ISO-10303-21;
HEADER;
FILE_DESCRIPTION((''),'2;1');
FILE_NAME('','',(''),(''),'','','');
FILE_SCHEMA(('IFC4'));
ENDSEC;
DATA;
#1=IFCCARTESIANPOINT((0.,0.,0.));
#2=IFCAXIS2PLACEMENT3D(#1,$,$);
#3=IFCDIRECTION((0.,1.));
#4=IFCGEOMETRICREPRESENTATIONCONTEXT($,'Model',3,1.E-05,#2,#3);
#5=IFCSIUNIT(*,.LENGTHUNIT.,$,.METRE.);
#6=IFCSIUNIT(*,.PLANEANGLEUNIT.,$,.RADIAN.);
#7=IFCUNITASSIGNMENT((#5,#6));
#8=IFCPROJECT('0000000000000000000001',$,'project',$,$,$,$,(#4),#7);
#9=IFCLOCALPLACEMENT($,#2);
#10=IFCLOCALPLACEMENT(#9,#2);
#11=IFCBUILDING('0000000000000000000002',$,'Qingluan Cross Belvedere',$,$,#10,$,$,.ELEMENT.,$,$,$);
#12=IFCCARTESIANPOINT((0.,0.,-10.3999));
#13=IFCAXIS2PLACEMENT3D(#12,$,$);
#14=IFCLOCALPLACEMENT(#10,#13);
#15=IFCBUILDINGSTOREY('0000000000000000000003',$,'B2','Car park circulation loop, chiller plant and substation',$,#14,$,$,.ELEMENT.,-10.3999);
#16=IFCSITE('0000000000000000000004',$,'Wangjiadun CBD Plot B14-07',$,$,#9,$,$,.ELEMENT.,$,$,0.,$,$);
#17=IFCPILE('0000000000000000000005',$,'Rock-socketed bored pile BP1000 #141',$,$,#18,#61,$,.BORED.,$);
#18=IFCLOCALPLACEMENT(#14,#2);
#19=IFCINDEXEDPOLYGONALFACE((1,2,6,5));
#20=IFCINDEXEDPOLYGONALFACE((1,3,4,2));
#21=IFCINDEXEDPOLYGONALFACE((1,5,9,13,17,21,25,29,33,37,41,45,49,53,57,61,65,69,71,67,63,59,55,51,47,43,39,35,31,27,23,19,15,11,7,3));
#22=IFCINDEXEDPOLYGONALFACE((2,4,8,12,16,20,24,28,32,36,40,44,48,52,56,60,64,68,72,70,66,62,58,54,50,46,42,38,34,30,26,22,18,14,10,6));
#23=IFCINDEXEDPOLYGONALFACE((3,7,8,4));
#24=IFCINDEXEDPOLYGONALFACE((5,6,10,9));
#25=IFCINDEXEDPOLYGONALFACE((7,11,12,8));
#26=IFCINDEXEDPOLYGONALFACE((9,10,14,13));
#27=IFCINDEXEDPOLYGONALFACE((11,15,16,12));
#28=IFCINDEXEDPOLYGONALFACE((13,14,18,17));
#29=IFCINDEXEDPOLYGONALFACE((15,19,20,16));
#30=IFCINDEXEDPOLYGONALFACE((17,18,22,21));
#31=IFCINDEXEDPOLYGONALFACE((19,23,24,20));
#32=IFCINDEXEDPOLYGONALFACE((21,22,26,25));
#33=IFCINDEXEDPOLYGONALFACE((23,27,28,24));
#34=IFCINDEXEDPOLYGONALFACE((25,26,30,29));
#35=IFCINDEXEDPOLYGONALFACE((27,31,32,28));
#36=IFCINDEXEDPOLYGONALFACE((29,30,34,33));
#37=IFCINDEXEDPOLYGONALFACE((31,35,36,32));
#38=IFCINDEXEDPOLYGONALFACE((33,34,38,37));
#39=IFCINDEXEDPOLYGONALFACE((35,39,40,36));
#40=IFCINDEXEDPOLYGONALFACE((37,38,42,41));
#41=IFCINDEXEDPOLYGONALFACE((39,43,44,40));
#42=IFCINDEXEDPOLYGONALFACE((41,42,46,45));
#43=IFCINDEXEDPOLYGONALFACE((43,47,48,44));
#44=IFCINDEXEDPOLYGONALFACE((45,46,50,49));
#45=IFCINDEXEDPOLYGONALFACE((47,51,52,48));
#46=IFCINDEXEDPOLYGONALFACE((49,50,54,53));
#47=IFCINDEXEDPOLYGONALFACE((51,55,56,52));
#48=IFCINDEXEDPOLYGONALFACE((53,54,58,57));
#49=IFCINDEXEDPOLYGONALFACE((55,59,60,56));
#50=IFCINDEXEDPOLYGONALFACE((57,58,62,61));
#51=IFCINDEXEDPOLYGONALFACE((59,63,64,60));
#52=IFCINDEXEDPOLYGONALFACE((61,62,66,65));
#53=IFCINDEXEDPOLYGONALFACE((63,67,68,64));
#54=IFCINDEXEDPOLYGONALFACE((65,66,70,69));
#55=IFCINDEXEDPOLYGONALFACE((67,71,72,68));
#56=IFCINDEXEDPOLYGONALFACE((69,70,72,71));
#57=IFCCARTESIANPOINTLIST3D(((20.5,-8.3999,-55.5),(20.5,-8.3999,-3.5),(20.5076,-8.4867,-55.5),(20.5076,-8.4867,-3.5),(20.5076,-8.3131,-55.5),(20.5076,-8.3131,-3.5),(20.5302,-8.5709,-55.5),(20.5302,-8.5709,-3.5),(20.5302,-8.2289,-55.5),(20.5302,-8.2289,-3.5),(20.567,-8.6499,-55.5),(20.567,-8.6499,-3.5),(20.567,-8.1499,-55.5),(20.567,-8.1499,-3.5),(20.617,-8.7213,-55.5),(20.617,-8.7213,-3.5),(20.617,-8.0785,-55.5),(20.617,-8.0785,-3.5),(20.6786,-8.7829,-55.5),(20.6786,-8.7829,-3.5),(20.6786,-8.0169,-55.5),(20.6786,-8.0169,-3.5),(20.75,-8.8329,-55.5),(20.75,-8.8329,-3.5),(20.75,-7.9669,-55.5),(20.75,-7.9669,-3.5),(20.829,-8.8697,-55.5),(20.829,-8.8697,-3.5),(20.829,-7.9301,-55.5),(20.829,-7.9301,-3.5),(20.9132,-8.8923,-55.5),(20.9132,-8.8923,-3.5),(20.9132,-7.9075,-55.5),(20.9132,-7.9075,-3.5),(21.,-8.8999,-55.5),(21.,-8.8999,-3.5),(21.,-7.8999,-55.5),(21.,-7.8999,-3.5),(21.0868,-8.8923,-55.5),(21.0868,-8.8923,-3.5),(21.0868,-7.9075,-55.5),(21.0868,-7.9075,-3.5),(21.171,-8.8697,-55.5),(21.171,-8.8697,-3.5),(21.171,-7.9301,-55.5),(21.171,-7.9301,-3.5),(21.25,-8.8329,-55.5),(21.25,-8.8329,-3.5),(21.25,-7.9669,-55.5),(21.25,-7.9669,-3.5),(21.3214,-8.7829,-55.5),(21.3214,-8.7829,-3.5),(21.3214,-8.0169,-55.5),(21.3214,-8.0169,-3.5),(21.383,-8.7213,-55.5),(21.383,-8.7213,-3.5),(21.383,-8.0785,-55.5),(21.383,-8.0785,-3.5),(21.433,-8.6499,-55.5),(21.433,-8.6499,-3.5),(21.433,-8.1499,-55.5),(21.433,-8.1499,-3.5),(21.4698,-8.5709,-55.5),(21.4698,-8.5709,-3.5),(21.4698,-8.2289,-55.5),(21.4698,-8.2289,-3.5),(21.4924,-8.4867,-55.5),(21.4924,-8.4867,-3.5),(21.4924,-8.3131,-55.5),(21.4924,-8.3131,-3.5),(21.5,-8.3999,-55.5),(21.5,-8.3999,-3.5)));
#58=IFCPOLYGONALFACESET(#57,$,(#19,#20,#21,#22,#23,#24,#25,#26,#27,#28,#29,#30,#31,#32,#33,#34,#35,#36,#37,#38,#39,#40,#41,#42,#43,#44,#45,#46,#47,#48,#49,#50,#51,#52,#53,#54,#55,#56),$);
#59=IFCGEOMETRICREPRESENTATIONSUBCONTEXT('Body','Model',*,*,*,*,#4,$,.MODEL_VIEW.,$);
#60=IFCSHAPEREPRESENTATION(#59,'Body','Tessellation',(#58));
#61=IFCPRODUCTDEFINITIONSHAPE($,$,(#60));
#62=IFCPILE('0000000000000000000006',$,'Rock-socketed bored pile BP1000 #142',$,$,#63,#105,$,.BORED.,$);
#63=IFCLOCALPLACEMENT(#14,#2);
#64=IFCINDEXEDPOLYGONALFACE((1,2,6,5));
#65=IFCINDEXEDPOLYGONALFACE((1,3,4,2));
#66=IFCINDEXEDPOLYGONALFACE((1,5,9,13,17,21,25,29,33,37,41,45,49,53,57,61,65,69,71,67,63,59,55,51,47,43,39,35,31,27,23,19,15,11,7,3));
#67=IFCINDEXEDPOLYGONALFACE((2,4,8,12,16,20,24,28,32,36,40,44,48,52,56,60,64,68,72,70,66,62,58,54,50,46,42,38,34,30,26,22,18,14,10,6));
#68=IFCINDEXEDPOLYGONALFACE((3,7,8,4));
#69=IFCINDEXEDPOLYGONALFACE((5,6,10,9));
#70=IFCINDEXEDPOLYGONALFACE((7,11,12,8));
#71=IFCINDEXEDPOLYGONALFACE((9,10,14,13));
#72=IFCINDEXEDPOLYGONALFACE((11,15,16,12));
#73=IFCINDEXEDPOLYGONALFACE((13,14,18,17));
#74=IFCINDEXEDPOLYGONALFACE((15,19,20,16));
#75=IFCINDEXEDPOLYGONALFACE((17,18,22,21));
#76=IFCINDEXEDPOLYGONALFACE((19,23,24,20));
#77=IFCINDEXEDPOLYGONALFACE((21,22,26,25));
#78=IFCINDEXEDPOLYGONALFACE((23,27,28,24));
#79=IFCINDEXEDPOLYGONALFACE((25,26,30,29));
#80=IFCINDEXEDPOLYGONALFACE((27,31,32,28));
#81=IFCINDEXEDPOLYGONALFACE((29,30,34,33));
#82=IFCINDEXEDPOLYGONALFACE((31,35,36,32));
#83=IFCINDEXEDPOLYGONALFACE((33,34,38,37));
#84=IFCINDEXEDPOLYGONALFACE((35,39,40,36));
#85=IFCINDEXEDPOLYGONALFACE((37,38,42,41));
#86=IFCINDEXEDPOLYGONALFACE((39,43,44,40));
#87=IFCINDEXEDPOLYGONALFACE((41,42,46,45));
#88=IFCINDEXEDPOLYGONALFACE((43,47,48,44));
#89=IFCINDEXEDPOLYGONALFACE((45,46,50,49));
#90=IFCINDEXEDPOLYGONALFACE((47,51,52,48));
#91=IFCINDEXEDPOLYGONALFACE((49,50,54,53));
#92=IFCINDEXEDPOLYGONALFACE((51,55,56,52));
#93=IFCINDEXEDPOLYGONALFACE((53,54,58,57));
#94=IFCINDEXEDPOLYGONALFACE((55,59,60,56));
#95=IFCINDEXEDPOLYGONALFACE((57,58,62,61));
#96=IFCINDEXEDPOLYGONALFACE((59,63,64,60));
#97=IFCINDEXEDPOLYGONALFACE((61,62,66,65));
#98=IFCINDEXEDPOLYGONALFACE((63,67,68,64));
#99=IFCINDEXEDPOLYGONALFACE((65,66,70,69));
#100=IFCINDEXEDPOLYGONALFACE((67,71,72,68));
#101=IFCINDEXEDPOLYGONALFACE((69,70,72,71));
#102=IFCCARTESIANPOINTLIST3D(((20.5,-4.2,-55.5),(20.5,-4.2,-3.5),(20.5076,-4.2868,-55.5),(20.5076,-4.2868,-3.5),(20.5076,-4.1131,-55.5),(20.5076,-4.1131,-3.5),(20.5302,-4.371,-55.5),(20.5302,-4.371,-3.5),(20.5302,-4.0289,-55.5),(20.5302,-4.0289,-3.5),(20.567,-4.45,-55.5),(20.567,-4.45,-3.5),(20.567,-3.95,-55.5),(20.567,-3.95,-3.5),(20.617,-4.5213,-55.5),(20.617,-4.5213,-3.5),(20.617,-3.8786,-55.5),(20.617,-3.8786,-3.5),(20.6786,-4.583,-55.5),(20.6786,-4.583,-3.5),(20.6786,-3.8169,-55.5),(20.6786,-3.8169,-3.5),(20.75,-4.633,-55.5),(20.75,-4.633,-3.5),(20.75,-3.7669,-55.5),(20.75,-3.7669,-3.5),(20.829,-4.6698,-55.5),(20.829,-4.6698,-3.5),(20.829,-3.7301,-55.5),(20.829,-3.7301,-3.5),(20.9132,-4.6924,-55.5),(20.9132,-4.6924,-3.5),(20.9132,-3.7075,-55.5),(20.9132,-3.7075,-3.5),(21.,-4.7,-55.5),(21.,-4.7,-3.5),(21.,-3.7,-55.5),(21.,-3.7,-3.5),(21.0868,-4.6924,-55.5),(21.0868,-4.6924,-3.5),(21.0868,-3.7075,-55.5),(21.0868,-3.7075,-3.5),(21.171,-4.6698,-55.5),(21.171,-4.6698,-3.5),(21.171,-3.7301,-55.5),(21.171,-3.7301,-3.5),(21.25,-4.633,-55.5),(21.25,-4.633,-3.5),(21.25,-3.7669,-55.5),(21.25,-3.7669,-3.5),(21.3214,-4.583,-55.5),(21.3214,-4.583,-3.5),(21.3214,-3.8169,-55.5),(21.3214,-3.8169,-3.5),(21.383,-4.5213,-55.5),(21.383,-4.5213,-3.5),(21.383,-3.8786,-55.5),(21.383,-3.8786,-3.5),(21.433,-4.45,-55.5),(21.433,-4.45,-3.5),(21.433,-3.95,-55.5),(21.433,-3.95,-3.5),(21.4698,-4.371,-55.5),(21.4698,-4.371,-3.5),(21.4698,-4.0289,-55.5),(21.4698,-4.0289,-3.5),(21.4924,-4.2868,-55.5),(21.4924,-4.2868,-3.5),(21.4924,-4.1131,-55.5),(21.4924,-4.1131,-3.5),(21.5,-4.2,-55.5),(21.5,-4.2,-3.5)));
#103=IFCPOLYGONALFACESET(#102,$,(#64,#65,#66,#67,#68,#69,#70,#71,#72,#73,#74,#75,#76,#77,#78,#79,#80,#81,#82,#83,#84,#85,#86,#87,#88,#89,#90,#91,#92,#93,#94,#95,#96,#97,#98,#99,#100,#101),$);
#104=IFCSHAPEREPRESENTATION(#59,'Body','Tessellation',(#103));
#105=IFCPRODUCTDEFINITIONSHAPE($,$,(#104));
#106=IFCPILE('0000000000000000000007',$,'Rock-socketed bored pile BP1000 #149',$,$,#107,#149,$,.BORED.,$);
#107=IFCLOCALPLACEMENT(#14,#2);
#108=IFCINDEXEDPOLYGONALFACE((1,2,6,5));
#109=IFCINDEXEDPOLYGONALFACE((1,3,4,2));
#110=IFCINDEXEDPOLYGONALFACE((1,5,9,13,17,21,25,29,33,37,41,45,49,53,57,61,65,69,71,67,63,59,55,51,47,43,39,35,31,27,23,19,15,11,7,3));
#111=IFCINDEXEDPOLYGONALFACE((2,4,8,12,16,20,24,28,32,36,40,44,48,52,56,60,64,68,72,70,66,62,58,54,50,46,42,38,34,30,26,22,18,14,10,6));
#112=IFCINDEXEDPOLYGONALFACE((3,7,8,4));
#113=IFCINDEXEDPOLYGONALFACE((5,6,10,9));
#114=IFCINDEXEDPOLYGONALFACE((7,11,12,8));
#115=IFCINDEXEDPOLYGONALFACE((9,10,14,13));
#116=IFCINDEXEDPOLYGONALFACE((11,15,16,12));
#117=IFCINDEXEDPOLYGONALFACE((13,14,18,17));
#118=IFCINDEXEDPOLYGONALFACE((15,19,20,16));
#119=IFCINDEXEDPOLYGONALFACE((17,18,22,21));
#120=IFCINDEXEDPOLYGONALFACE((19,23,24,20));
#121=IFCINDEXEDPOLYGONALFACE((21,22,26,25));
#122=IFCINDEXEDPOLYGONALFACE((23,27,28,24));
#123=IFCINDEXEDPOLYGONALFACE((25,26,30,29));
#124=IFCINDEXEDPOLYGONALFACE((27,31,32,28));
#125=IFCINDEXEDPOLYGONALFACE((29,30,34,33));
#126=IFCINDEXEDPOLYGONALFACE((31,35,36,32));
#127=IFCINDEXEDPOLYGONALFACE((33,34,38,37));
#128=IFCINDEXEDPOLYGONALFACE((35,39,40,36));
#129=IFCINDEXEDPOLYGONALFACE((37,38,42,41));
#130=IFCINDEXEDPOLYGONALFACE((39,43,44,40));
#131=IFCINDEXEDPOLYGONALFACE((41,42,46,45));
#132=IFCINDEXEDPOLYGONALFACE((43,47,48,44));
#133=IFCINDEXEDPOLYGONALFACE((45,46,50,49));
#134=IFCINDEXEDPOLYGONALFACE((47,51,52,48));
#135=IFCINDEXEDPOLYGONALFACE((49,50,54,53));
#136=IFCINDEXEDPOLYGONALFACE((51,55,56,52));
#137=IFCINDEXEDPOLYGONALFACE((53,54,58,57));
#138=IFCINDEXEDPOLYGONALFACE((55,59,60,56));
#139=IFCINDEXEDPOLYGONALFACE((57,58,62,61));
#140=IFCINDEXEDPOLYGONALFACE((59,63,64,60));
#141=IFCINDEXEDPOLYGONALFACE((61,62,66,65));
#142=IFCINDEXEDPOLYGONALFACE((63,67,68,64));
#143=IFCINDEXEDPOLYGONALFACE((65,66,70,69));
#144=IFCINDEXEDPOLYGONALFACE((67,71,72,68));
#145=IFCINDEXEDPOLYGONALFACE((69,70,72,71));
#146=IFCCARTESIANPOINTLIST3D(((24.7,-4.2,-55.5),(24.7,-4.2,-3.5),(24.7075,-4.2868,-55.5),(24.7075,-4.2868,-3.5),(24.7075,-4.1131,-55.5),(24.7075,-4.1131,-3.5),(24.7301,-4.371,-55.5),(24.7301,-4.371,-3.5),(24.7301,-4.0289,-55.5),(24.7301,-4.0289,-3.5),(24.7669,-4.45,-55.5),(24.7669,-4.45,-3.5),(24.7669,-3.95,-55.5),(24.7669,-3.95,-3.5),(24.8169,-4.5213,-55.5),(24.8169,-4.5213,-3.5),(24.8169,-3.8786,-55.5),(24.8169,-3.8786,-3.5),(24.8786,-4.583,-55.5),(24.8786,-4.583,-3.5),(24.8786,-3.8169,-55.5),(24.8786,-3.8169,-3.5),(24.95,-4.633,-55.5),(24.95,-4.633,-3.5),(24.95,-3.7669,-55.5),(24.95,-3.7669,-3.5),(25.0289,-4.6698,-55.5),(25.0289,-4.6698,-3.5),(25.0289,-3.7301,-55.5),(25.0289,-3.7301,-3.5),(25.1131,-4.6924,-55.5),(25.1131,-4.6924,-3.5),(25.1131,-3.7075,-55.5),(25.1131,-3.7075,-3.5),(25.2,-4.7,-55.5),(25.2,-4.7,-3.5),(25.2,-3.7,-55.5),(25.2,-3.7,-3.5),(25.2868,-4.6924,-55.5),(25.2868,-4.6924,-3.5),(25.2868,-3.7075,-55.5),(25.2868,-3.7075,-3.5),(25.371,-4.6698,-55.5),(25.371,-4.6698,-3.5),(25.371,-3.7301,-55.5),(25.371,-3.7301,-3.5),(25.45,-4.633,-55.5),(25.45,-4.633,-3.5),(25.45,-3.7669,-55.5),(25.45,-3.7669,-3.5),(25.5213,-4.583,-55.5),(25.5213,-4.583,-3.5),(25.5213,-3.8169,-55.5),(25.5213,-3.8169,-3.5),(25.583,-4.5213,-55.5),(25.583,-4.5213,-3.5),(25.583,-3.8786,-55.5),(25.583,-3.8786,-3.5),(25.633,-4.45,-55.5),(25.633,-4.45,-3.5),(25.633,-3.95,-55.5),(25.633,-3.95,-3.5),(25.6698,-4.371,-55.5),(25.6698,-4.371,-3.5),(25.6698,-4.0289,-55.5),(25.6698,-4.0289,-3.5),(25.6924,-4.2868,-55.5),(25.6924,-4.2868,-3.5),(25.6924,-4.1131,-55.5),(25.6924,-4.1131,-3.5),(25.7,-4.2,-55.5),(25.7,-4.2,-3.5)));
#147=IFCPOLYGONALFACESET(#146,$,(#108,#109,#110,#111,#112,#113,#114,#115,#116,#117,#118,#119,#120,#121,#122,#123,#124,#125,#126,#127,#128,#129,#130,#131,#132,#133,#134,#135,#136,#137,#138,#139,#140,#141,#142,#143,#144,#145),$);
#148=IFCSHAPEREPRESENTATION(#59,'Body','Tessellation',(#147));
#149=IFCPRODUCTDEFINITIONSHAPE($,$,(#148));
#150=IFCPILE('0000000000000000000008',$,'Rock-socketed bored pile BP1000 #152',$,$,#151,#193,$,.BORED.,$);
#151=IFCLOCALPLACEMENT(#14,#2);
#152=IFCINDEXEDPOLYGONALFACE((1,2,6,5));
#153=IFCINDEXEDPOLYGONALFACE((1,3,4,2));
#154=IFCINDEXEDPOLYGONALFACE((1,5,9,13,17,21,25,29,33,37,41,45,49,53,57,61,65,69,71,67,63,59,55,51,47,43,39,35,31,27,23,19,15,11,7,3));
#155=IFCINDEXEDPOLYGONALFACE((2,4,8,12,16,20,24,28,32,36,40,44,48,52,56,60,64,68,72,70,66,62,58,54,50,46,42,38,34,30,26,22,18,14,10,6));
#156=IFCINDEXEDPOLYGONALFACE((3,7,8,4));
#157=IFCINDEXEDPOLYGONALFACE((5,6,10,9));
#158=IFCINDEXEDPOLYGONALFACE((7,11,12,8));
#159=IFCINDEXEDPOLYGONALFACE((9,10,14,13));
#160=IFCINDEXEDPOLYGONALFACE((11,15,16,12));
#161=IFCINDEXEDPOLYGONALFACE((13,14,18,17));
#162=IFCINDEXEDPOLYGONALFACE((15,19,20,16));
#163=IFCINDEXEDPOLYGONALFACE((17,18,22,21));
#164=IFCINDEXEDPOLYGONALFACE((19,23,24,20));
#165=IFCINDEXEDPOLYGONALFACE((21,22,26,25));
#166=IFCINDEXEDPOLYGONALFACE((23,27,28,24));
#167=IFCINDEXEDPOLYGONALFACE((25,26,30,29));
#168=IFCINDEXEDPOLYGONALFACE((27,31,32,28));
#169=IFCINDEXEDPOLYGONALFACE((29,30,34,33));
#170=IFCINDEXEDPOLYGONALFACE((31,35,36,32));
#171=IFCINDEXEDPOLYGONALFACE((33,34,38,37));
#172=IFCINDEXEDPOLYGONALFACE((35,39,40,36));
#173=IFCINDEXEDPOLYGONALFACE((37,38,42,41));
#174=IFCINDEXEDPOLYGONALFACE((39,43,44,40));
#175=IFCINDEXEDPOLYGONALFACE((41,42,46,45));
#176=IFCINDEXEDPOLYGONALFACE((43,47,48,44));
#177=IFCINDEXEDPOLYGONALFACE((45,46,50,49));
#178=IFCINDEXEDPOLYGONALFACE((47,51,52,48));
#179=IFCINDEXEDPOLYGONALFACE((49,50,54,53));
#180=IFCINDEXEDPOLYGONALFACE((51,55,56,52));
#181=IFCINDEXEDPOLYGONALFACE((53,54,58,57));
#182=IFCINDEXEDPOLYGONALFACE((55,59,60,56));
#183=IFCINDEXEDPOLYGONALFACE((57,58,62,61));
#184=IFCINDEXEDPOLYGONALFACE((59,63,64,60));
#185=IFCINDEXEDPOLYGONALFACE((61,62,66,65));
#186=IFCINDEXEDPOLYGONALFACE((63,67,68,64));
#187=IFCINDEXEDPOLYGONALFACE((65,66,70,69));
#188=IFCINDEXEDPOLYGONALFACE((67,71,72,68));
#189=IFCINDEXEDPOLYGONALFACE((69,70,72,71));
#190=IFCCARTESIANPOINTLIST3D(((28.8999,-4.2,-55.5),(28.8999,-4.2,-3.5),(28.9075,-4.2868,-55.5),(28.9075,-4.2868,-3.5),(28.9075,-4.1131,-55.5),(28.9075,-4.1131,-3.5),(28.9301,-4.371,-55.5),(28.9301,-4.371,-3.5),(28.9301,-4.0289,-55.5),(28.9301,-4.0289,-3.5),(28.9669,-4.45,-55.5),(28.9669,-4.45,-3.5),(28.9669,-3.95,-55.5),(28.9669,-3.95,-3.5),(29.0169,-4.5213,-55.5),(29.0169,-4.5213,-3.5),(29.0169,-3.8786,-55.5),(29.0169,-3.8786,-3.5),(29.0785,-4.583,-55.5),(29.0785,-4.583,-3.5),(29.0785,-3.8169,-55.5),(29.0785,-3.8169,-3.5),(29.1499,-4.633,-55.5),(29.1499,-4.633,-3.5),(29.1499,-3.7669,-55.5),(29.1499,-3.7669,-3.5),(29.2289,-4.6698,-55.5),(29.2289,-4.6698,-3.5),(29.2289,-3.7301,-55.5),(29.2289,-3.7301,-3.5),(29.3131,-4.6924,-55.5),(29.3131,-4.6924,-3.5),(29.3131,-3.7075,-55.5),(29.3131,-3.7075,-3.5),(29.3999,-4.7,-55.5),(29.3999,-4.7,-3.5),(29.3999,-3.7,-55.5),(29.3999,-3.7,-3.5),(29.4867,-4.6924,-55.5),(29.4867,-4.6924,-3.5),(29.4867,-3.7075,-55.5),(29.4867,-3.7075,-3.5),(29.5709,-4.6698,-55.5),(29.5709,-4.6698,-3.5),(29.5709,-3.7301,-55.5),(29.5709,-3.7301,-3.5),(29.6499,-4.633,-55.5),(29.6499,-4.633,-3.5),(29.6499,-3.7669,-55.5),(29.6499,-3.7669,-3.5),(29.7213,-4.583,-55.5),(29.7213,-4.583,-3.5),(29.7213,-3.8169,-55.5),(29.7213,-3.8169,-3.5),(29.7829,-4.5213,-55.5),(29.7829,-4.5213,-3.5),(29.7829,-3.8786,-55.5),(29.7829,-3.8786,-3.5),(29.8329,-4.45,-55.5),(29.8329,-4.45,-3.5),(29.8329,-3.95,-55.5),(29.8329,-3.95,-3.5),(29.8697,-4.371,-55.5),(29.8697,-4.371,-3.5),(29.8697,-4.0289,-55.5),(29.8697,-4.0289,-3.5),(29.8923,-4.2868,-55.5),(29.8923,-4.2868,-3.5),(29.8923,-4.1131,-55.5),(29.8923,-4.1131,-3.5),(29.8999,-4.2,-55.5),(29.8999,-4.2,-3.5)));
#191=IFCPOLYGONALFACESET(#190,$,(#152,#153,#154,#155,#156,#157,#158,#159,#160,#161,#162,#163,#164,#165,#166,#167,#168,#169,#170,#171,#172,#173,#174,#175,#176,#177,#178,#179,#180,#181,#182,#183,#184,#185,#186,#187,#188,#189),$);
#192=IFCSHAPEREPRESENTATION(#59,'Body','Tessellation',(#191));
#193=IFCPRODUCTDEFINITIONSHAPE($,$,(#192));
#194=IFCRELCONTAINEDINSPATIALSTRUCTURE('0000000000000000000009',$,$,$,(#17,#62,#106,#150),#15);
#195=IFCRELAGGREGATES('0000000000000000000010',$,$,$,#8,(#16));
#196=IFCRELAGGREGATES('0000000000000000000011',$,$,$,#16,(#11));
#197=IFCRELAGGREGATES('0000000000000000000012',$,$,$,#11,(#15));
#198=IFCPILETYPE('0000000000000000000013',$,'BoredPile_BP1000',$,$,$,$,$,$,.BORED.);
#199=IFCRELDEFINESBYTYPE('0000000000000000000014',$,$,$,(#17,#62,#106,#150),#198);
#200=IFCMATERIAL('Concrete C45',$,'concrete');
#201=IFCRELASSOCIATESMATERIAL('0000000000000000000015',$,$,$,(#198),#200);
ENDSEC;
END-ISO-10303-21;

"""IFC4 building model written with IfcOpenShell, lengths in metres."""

from ifc_helpers import new_model, si_unit, direction, frame, origin, origin_2d, place, context, subcontext, project, spatial, circle, extrude, material, material_profile, profile_set, type_object, element, save


model = new_model("IFC4")

# Units and contexts
model_context = context("Model", 3, precision=1e-05, world=origin(), true_north=direction((0.0, 1.0)))
body_context = subcontext(model_context, "Body", "Model", "MODEL_VIEW")
ifc_project = project(units=[si_unit("LENGTHUNIT", "METRE"), si_unit("PLANEANGLEUNIT", "RADIAN")], contexts=[model_context])

# Site, building, storey
site_placement = place(None, origin())
site = spatial("IfcSite", under=ifc_project, at=site_placement, Name="Wangjiadun CBD Plot B14-07", CompositionType="ELEMENT", RefElevation=0.0)
building_placement = place(site_placement, origin())
building = spatial("IfcBuilding", under=site, at=building_placement, Name="Qingluan Cross Belvedere", CompositionType="ELEMENT")
storey_placement = place(building_placement, frame((0.0, 0.0, -10.3999)))
storey = spatial("IfcBuildingStorey", under=building, at=storey_placement, Name="B2", Description="Car park circulation loop, chiller plant and substation", CompositionType="ELEMENT", Elevation=-10.3999)

# Piles
ifc_material_1 = material(Name="Concrete C45", Category="concrete")
ifc_material_profile_1 = material_profile(ifc_material_1, circle(Radius=0.5, at=origin_2d()), Name="BP1000")
ifc_profile_set_1 = profile_set([ifc_material_profile_1], Name="Concrete C45")
pile_type_1 = type_object("IfcPileType", Name="BoredPile_BP1000", PredefinedType="BORED", material=ifc_profile_set_1)
for number, where, z_axis, x_axis, name in (
    (1, (21.0, -8.3999, -3.5), (0.0, 0.0, -1.0), (1.0, 0.0, 0.0), "Rock-socketed bored pile BP1000 #141"),
    (2, (21.0, -4.2, -3.5), (0.0, 0.0, -1.0), (1.0, 0.0, 0.0), "Rock-socketed bored pile BP1000 #142"),
    (3, (25.2, -4.2, -3.5), (0.0, 0.0, -1.0), (1.0, 0.0, 0.0), "Rock-socketed bored pile BP1000 #149"),
    (4, (29.3999, -4.2, -3.5), (0.0, 0.0, -1.0), (1.0, 0.0, 0.0), "Rock-socketed bored pile BP1000 #152"),
):
    element("IfcPile", number, at=place(storey_placement, frame(where, z_axis=z_axis, x_axis=x_axis)), inside=storey, type_object=pile_type_1, Name=name, PredefinedType="BORED", context=body_context, shape_type="SweptSolid", body=[
        extrude(circle(Radius=0.5, at=origin_2d()), origin(), (0.0, 0.0, 1.0), 52.0),
    ])

save(model, "model.ifc")
